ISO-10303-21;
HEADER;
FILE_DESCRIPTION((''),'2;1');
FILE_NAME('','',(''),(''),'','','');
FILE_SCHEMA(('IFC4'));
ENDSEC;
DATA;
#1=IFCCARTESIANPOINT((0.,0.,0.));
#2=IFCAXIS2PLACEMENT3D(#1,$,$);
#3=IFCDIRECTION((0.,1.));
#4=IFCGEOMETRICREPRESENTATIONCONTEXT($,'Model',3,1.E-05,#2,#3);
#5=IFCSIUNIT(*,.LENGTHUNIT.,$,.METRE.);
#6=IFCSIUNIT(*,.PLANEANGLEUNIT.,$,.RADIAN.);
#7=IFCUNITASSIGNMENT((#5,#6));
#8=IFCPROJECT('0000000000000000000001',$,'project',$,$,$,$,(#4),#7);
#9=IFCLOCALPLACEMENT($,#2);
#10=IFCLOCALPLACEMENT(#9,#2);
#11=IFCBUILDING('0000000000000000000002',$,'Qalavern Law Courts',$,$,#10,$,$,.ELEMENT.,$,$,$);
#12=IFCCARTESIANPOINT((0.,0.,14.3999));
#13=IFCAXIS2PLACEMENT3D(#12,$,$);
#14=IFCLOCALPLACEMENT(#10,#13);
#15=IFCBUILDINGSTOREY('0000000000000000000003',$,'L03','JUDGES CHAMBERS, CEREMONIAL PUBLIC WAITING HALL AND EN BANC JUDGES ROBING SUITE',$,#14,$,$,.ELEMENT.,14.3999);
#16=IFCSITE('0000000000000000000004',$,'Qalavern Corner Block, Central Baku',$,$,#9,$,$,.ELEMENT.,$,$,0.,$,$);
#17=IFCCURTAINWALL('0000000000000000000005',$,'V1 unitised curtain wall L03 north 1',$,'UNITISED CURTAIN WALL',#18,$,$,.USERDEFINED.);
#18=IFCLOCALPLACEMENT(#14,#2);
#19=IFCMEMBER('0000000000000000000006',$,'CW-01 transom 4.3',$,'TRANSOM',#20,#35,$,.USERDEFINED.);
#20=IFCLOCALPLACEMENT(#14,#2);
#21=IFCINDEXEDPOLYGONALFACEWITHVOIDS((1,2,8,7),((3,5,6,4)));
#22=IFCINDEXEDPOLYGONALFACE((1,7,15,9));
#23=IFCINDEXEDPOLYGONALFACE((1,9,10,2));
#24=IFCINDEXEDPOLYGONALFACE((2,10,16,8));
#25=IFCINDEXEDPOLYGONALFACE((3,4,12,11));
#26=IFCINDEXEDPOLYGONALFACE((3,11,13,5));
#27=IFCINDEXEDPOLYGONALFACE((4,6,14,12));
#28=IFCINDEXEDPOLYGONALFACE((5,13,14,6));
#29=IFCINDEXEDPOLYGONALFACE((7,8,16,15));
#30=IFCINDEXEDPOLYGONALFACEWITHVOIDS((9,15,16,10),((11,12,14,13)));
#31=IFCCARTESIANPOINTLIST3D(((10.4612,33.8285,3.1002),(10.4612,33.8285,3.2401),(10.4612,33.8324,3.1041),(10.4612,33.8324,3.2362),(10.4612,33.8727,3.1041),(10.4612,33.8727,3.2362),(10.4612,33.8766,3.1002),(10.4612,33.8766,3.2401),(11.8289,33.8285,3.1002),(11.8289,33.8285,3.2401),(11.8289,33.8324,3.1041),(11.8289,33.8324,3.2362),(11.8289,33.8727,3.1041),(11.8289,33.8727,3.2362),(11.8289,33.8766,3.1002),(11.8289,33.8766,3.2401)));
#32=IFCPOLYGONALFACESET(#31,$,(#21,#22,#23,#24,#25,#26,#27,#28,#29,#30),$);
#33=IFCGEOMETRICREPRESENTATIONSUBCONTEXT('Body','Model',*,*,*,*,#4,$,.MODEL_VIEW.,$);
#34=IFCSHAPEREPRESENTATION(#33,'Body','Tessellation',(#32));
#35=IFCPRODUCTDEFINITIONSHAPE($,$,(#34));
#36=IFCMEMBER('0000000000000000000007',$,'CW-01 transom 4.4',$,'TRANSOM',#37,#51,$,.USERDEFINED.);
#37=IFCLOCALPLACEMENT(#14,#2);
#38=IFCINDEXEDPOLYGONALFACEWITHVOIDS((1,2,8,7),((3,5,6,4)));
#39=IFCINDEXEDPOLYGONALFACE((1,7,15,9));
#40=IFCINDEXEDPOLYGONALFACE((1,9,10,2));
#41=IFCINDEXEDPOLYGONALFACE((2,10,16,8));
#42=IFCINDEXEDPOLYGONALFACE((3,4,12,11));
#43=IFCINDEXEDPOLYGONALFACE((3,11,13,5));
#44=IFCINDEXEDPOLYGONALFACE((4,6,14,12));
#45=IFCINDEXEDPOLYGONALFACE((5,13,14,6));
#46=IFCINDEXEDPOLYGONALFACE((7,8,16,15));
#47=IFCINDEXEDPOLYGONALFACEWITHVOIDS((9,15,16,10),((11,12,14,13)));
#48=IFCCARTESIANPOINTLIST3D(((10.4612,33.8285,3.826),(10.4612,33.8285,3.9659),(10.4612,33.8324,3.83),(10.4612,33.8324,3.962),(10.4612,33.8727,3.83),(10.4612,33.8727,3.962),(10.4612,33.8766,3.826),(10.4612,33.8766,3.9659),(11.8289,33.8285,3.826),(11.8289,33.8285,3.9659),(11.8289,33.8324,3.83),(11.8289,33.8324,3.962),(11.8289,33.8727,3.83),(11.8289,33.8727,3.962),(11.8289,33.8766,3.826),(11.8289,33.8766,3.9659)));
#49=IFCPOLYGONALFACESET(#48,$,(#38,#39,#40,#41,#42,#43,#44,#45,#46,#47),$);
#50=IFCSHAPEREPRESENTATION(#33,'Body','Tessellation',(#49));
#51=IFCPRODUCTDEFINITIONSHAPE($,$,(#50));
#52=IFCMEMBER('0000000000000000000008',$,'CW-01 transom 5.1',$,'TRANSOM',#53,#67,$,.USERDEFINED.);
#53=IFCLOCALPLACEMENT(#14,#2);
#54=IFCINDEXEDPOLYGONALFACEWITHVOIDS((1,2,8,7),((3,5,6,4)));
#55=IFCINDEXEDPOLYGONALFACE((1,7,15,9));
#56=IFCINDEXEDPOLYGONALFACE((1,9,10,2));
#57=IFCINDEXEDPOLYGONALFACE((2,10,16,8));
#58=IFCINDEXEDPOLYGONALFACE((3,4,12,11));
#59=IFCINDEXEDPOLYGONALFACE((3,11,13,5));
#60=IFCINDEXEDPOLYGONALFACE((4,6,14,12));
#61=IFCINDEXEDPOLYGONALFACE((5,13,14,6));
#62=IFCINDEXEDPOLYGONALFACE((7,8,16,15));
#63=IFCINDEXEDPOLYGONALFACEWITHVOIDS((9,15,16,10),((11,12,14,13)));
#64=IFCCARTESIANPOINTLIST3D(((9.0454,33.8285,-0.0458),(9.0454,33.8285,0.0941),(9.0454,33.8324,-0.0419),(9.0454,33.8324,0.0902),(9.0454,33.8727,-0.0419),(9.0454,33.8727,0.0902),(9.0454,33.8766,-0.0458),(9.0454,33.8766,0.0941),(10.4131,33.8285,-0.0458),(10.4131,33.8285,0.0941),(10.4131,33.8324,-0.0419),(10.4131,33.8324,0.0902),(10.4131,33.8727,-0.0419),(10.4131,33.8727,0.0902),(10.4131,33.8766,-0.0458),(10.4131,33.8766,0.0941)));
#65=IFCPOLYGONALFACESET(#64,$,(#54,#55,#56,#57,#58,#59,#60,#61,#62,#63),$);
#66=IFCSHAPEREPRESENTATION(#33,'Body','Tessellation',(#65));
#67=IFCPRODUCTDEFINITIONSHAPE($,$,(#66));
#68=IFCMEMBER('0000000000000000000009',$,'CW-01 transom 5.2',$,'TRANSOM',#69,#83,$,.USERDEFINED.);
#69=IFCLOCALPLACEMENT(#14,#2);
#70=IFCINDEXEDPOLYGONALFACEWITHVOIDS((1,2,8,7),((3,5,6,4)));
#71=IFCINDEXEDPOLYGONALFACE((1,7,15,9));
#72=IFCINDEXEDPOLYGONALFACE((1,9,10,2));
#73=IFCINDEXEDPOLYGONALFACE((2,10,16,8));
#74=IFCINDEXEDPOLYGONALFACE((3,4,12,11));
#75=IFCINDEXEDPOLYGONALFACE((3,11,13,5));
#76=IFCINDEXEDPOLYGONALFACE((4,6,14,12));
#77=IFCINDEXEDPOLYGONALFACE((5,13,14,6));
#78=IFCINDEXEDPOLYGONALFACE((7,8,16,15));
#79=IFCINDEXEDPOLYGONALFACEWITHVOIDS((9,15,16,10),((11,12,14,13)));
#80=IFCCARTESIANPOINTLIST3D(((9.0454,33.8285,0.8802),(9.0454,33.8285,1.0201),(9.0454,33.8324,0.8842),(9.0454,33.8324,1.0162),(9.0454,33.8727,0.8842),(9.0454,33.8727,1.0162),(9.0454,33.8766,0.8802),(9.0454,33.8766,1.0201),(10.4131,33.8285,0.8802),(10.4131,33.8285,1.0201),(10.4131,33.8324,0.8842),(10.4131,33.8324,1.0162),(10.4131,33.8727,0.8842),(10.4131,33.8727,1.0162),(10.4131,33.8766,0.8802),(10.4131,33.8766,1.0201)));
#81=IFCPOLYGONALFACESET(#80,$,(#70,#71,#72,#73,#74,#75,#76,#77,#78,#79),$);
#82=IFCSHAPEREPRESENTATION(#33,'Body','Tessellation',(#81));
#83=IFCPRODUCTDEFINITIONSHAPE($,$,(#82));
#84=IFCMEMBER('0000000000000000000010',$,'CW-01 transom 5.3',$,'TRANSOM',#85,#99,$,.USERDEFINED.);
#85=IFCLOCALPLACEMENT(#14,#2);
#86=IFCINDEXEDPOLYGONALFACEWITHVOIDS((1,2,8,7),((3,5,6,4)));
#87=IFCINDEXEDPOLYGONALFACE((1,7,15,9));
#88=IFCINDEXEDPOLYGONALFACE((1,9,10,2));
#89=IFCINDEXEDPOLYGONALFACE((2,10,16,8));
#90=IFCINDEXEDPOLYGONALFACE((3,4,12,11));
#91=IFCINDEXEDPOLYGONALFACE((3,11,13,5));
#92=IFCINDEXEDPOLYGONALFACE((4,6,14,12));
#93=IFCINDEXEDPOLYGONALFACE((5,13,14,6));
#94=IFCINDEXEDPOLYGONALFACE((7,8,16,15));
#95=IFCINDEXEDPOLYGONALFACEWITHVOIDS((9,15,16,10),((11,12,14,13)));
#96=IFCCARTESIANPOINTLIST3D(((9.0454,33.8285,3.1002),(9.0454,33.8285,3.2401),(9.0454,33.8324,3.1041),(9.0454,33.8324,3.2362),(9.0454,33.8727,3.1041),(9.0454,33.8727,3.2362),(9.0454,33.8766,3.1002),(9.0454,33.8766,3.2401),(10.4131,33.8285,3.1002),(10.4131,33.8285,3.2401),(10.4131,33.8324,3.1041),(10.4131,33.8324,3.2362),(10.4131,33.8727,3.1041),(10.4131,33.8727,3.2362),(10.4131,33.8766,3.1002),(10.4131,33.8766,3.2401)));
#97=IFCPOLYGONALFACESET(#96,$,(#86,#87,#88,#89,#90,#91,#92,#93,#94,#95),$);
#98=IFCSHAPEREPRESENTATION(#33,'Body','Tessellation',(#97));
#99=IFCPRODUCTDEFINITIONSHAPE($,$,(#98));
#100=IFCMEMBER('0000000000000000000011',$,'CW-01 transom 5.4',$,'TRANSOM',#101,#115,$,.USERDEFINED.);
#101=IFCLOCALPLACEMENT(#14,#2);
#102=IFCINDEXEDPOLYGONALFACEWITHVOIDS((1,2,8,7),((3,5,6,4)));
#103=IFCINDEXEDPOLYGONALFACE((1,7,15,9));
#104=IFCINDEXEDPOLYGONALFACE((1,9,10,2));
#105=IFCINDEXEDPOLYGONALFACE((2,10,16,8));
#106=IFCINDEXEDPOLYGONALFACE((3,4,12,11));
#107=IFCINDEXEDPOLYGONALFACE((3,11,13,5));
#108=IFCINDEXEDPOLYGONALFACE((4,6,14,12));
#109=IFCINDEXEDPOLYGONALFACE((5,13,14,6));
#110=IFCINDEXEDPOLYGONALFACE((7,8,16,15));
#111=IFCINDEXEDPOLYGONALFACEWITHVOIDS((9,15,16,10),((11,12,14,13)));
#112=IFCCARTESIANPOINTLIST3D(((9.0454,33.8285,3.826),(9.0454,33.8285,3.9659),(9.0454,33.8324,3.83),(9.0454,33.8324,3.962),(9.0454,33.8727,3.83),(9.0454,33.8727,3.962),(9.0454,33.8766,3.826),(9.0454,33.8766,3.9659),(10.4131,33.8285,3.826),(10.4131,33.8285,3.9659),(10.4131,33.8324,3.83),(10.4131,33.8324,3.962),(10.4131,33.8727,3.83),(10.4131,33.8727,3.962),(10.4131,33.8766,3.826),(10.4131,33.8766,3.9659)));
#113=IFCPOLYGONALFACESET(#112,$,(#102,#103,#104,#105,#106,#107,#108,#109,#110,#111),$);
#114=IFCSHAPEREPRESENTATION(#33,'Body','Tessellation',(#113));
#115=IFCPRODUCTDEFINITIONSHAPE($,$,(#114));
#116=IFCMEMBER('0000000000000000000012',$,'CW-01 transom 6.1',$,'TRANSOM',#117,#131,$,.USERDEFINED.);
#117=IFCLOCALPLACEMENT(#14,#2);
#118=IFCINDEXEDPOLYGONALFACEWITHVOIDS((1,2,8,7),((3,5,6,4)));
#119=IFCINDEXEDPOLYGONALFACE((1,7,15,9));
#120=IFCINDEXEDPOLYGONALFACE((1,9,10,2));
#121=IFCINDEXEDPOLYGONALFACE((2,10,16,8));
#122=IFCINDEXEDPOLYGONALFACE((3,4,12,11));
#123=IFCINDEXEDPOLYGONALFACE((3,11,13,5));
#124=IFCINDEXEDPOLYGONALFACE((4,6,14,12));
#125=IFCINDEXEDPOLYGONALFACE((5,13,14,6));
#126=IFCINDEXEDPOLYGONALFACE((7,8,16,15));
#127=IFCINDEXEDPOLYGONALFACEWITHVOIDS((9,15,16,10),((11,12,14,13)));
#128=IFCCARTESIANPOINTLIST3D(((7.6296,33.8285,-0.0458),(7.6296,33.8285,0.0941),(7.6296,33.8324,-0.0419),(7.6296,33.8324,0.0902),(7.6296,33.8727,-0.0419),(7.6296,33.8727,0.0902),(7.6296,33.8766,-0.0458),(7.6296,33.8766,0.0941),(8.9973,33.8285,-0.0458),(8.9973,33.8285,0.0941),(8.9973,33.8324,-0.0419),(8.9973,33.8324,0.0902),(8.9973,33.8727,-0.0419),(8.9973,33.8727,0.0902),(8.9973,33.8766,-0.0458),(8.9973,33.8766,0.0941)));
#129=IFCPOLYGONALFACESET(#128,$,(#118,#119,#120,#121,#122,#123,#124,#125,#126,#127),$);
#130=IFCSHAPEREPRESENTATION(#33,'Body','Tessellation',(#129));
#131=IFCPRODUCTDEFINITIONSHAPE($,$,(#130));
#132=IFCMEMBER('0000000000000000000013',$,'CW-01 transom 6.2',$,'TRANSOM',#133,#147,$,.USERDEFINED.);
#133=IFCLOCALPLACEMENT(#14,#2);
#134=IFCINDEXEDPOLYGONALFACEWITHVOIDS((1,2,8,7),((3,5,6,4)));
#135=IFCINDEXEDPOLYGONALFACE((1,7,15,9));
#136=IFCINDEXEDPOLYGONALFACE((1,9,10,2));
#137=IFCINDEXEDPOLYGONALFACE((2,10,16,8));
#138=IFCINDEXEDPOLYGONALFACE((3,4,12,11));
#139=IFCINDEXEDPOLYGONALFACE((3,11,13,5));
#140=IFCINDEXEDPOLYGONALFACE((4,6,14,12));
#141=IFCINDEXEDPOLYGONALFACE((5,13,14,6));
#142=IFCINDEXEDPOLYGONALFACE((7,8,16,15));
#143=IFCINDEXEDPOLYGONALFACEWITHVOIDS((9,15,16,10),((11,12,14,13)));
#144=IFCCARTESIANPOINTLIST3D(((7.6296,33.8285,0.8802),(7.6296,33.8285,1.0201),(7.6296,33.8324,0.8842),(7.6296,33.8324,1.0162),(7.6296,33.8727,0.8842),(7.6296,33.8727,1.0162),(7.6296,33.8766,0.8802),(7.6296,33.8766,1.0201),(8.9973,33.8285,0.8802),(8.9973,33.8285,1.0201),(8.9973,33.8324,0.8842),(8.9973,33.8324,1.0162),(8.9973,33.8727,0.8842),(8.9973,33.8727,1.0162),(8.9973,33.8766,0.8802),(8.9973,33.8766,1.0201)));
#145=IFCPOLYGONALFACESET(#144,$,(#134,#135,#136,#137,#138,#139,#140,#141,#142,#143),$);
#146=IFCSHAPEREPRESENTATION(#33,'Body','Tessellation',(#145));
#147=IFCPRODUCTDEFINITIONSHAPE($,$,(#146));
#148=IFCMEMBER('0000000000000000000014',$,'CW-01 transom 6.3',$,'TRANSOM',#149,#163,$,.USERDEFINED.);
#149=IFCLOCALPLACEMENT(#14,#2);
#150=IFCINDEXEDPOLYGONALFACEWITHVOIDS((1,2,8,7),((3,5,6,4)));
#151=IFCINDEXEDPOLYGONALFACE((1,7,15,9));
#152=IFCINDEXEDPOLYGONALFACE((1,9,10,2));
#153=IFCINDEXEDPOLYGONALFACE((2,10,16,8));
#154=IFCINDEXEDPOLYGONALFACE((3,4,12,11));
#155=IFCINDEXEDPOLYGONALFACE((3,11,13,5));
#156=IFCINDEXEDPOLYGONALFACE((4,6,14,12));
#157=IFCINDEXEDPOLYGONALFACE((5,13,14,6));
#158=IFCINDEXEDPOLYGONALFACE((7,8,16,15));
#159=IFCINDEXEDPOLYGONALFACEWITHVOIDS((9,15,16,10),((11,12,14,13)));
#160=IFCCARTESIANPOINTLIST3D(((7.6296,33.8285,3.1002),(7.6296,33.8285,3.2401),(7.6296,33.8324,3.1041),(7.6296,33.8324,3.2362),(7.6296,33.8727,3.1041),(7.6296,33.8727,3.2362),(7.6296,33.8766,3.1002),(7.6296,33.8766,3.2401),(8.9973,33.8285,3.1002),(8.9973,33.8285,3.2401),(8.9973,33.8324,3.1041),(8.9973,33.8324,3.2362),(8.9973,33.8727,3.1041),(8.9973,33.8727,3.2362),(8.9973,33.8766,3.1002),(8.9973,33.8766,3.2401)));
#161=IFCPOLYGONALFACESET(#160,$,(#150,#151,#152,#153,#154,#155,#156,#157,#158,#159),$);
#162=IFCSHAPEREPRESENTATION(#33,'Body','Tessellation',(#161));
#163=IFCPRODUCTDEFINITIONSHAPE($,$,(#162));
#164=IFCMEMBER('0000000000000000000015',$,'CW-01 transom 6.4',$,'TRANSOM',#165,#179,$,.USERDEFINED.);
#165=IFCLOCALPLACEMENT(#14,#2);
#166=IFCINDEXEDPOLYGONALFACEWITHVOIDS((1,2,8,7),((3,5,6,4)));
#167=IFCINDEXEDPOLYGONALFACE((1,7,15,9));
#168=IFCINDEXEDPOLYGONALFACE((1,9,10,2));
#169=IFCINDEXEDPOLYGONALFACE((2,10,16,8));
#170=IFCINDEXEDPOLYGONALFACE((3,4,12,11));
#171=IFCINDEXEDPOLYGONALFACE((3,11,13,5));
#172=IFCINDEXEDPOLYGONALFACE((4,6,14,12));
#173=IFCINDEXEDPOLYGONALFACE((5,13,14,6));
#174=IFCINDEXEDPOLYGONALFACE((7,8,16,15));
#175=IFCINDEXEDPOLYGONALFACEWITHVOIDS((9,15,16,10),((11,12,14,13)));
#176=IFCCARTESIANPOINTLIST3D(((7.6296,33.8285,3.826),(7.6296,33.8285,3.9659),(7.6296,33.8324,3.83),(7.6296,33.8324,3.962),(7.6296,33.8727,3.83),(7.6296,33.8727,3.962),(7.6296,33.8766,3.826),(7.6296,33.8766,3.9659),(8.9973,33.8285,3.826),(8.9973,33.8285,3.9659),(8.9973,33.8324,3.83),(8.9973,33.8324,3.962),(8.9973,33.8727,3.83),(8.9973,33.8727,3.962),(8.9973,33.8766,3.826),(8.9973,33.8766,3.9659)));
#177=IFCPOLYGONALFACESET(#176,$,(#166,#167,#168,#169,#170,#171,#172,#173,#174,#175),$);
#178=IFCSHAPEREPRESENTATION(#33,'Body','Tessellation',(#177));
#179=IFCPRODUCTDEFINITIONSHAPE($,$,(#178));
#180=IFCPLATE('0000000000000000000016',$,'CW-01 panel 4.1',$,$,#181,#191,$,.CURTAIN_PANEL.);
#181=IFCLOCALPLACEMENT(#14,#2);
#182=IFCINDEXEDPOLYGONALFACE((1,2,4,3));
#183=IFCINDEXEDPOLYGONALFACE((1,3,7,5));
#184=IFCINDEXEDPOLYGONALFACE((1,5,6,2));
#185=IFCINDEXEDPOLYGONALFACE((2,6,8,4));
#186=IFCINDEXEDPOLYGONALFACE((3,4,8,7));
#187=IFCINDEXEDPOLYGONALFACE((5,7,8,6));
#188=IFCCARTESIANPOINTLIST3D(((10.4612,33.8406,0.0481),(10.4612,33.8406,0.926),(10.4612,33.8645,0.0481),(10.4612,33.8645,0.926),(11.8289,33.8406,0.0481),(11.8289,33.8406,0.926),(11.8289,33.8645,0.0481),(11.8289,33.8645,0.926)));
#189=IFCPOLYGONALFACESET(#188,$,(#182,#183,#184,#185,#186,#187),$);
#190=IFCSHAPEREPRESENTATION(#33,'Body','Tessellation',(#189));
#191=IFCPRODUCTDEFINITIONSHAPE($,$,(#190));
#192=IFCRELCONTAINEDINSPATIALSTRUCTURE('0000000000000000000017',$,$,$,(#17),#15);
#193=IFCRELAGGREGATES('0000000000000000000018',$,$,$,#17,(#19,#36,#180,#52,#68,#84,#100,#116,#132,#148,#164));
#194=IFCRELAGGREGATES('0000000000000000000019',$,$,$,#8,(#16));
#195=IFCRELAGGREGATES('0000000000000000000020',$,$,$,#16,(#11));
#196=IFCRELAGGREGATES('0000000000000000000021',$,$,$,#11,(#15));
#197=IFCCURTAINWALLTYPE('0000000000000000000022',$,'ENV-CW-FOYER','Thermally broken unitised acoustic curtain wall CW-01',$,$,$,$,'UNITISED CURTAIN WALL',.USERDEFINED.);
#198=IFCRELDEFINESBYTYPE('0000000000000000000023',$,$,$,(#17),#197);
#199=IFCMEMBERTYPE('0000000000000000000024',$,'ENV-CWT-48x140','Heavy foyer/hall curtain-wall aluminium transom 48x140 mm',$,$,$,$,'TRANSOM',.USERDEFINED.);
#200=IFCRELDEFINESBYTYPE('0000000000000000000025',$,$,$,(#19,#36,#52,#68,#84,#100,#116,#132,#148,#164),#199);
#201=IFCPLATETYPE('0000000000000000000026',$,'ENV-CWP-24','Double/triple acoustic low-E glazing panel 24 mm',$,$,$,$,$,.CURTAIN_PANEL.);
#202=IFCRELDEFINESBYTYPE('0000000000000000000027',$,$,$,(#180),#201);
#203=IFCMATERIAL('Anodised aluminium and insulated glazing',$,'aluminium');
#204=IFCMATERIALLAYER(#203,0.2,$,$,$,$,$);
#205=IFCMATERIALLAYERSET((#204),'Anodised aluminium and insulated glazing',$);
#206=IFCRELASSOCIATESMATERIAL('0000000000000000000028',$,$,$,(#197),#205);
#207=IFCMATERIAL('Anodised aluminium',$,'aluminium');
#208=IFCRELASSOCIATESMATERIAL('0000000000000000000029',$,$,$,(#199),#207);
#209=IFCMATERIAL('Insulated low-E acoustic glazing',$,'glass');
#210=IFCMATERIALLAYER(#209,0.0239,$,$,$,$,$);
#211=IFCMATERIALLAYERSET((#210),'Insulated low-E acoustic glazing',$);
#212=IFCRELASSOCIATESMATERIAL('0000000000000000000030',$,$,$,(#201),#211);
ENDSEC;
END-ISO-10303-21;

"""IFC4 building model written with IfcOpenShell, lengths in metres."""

from ifc_helpers import new_model, si_unit, direction, frame, origin, origin_2d, place, context, subcontext, project, spatial, rectangle, hollow_rectangle, extrude, material, layer, layer_set, material_profile, profile_set, type_object, element, aggregate, save


model = new_model("IFC4")

# Units and contexts
model_context = context("Model", 3, precision=1e-05, world=origin(), true_north=direction((0.0, 1.0)))
body_context = subcontext(model_context, "Body", "Model", "MODEL_VIEW")
ifc_project = project(units=[si_unit("LENGTHUNIT", "METRE"), si_unit("PLANEANGLEUNIT", "RADIAN")], contexts=[model_context])

# Site, building, storey
site_placement = place(None, origin())
site = spatial("IfcSite", under=ifc_project, at=site_placement, Name="Qalavern Corner Block, Central Baku", CompositionType="ELEMENT", RefElevation=0.0)
building_placement = place(site_placement, origin())
building = spatial("IfcBuilding", under=site, at=building_placement, Name="Qalavern Law Courts", CompositionType="ELEMENT")
storey_placement = place(building_placement, frame((0.0, 0.0, 14.3999)))
storey = spatial("IfcBuildingStorey", under=building, at=storey_placement, Name="L03", Description="JUDGES CHAMBERS, CEREMONIAL PUBLIC WAITING HALL AND EN BANC JUDGES ROBING SUITE", CompositionType="ELEMENT", Elevation=14.3999)

# Shared definitions
ifc_material_1 = material(Name="Anodised aluminium and insulated glazing", Category="aluminium")
ifc_material_2 = material(Name="Anodised aluminium", Category="aluminium")

# Curtain wall
ifc_layer_1 = layer(ifc_material_1, 0.2)
ifc_layer_set_1 = layer_set([ifc_layer_1], Name="Anodised aluminium and insulated glazing")
curtain_wall_type_1 = type_object("IfcCurtainWallType", Name="ENV-CW-FOYER", Description="Thermally broken unitised acoustic curtain wall CW-01", ElementType="UNITISED CURTAIN WALL", PredefinedType="USERDEFINED", material=ifc_layer_set_1)
curtain_wall_1_placement = place(storey_placement, origin())
curtain_wall_1 = element("IfcCurtainWall", 1, at=curtain_wall_1_placement, inside=storey, type_object=curtain_wall_type_1, Name="V1 unitised curtain wall L03 north 1", ObjectType="UNITISED CURTAIN WALL", PredefinedType="USERDEFINED")

# Members
ifc_material_profile_1 = material_profile(ifc_material_2, hollow_rectangle(XDim=0.0481, YDim=0.1399, WallThickness=0.0039, at=origin_2d()), Name="ALU TRANSOM 48x140")
ifc_profile_set_1 = profile_set([ifc_material_profile_1], Name="Anodised aluminium")
member_type_1 = type_object("IfcMemberType", Name="ENV-CWT-48x140", Description="Heavy foyer/hall curtain-wall aluminium transom 48x140 mm", ElementType="TRANSOM", PredefinedType="USERDEFINED", material=ifc_profile_set_1)
member_1_placement = place(storey_placement, frame((11.8289, 33.8525, 3.1702), z_axis=(-1.0, 0.0, 0.0), x_axis=(0.0, -1.0, 0.0)))
member_1 = element("IfcMember", 2, at=member_1_placement, type_object=member_type_1, Name="CW-01 transom 4.3", ObjectType="TRANSOM", PredefinedType="USERDEFINED", context=body_context, shape_type="SweptSolid", body=[
    extrude(hollow_rectangle(XDim=0.0481, YDim=0.1399, WallThickness=0.0039, at=origin_2d()), origin(), (0.0, 0.0, 1.0), 1.3677),
])
member_2_placement = place(storey_placement, frame((11.8289, 33.8525, 3.896), z_axis=(-1.0, 0.0, 0.0), x_axis=(0.0, -1.0, 0.0)))
member_2 = element("IfcMember", 3, at=member_2_placement, type_object=member_type_1, Name="CW-01 transom 4.4", ObjectType="TRANSOM", PredefinedType="USERDEFINED", context=body_context, shape_type="SweptSolid", body=[
    extrude(hollow_rectangle(XDim=0.0481, YDim=0.1399, WallThickness=0.0039, at=origin_2d()), origin(), (0.0, 0.0, 1.0), 1.3677),
])
member_3_placement = place(storey_placement, frame((10.4131, 33.8525, 0.0242), z_axis=(-1.0, 0.0, 0.0), x_axis=(0.0, -1.0, 0.0)))
member_3 = element("IfcMember", 4, at=member_3_placement, type_object=member_type_1, Name="CW-01 transom 5.1", ObjectType="TRANSOM", PredefinedType="USERDEFINED", context=body_context, shape_type="SweptSolid", body=[
    extrude(hollow_rectangle(XDim=0.0481, YDim=0.1399, WallThickness=0.0039, at=origin_2d()), origin(), (0.0, 0.0, 1.0), 1.3677),
])
member_4_placement = place(storey_placement, frame((10.4131, 33.8525, 0.9502), z_axis=(-1.0, 0.0, 0.0), x_axis=(0.0, -1.0, 0.0)))
member_4 = element("IfcMember", 5, at=member_4_placement, type_object=member_type_1, Name="CW-01 transom 5.2", ObjectType="TRANSOM", PredefinedType="USERDEFINED", context=body_context, shape_type="SweptSolid", body=[
    extrude(hollow_rectangle(XDim=0.0481, YDim=0.1399, WallThickness=0.0039, at=origin_2d()), origin(), (0.0, 0.0, 1.0), 1.3677),
])
member_5_placement = place(storey_placement, frame((10.4131, 33.8525, 3.1702), z_axis=(-1.0, 0.0, 0.0), x_axis=(0.0, -1.0, 0.0)))
member_5 = element("IfcMember", 6, at=member_5_placement, type_object=member_type_1, Name="CW-01 transom 5.3", ObjectType="TRANSOM", PredefinedType="USERDEFINED", context=body_context, shape_type="SweptSolid", body=[
    extrude(hollow_rectangle(XDim=0.0481, YDim=0.1399, WallThickness=0.0039, at=origin_2d()), origin(), (0.0, 0.0, 1.0), 1.3677),
])
member_6_placement = place(storey_placement, frame((10.4131, 33.8525, 3.896), z_axis=(-1.0, 0.0, 0.0), x_axis=(0.0, -1.0, 0.0)))
member_6 = element("IfcMember", 7, at=member_6_placement, type_object=member_type_1, Name="CW-01 transom 5.4", ObjectType="TRANSOM", PredefinedType="USERDEFINED", context=body_context, shape_type="SweptSolid", body=[
    extrude(hollow_rectangle(XDim=0.0481, YDim=0.1399, WallThickness=0.0039, at=origin_2d()), origin(), (0.0, 0.0, 1.0), 1.3677),
])
member_7_placement = place(storey_placement, frame((8.9973, 33.8525, 0.0242), z_axis=(-1.0, 0.0, 0.0), x_axis=(0.0, -1.0, 0.0)))
member_7 = element("IfcMember", 8, at=member_7_placement, type_object=member_type_1, Name="CW-01 transom 6.1", ObjectType="TRANSOM", PredefinedType="USERDEFINED", context=body_context, shape_type="SweptSolid", body=[
    extrude(hollow_rectangle(XDim=0.0481, YDim=0.1399, WallThickness=0.0039, at=origin_2d()), origin(), (0.0, 0.0, 1.0), 1.3677),
])
member_8_placement = place(storey_placement, frame((8.9973, 33.8525, 0.9502), z_axis=(-1.0, 0.0, 0.0), x_axis=(0.0, -1.0, 0.0)))
member_8 = element("IfcMember", 9, at=member_8_placement, type_object=member_type_1, Name="CW-01 transom 6.2", ObjectType="TRANSOM", PredefinedType="USERDEFINED", context=body_context, shape_type="SweptSolid", body=[
    extrude(hollow_rectangle(XDim=0.0481, YDim=0.1399, WallThickness=0.0039, at=origin_2d()), origin(), (0.0, 0.0, 1.0), 1.3677),
])
member_9_placement = place(storey_placement, frame((8.9973, 33.8525, 3.1702), z_axis=(-1.0, 0.0, 0.0), x_axis=(0.0, -1.0, 0.0)))
member_9 = element("IfcMember", 10, at=member_9_placement, type_object=member_type_1, Name="CW-01 transom 6.3", ObjectType="TRANSOM", PredefinedType="USERDEFINED", context=body_context, shape_type="SweptSolid", body=[
    extrude(hollow_rectangle(XDim=0.0481, YDim=0.1399, WallThickness=0.0039, at=origin_2d()), origin(), (0.0, 0.0, 1.0), 1.3677),
])
member_10_placement = place(storey_placement, frame((8.9973, 33.8525, 3.896), z_axis=(-1.0, 0.0, 0.0), x_axis=(0.0, -1.0, 0.0)))
member_10 = element("IfcMember", 11, at=member_10_placement, type_object=member_type_1, Name="CW-01 transom 6.4", ObjectType="TRANSOM", PredefinedType="USERDEFINED", context=body_context, shape_type="SweptSolid", body=[
    extrude(hollow_rectangle(XDim=0.0481, YDim=0.1399, WallThickness=0.0039, at=origin_2d()), origin(), (0.0, 0.0, 1.0), 1.3677),
])

# Plate
ifc_material_3 = material(Name="Insulated low-E acoustic glazing", Category="glass")
ifc_layer_2 = layer(ifc_material_3, 0.0239)
ifc_layer_set_2 = layer_set([ifc_layer_2], Name="Insulated low-E acoustic glazing")
plate_type_1 = type_object("IfcPlateType", Name="ENV-CWP-24", Description="Double/triple acoustic low-E glazing panel 24 mm", PredefinedType="CURTAIN_PANEL", material=ifc_layer_set_2)
plate_1_placement = place(storey_placement, frame((11.145, 33.8525, 0.0481), z_axis=(0.0, 0.0, 1.0), x_axis=(-1.0, 0.0, 0.0)))
plate_1 = element("IfcPlate", 12, at=plate_1_placement, type_object=plate_type_1, Name="CW-01 panel 4.1", PredefinedType="CURTAIN_PANEL", context=body_context, shape_type="SweptSolid", body=[
    extrude(rectangle(XDim=1.3677, YDim=0.0239, at=origin_2d()), origin(), (0.0, 0.0, 1.0), 0.8779),
])
aggregate(curtain_wall_1, [member_1, member_2, plate_1, member_3, member_4, member_5, member_6, member_7, member_8, member_9, member_10])

save(model, "model.ifc")
